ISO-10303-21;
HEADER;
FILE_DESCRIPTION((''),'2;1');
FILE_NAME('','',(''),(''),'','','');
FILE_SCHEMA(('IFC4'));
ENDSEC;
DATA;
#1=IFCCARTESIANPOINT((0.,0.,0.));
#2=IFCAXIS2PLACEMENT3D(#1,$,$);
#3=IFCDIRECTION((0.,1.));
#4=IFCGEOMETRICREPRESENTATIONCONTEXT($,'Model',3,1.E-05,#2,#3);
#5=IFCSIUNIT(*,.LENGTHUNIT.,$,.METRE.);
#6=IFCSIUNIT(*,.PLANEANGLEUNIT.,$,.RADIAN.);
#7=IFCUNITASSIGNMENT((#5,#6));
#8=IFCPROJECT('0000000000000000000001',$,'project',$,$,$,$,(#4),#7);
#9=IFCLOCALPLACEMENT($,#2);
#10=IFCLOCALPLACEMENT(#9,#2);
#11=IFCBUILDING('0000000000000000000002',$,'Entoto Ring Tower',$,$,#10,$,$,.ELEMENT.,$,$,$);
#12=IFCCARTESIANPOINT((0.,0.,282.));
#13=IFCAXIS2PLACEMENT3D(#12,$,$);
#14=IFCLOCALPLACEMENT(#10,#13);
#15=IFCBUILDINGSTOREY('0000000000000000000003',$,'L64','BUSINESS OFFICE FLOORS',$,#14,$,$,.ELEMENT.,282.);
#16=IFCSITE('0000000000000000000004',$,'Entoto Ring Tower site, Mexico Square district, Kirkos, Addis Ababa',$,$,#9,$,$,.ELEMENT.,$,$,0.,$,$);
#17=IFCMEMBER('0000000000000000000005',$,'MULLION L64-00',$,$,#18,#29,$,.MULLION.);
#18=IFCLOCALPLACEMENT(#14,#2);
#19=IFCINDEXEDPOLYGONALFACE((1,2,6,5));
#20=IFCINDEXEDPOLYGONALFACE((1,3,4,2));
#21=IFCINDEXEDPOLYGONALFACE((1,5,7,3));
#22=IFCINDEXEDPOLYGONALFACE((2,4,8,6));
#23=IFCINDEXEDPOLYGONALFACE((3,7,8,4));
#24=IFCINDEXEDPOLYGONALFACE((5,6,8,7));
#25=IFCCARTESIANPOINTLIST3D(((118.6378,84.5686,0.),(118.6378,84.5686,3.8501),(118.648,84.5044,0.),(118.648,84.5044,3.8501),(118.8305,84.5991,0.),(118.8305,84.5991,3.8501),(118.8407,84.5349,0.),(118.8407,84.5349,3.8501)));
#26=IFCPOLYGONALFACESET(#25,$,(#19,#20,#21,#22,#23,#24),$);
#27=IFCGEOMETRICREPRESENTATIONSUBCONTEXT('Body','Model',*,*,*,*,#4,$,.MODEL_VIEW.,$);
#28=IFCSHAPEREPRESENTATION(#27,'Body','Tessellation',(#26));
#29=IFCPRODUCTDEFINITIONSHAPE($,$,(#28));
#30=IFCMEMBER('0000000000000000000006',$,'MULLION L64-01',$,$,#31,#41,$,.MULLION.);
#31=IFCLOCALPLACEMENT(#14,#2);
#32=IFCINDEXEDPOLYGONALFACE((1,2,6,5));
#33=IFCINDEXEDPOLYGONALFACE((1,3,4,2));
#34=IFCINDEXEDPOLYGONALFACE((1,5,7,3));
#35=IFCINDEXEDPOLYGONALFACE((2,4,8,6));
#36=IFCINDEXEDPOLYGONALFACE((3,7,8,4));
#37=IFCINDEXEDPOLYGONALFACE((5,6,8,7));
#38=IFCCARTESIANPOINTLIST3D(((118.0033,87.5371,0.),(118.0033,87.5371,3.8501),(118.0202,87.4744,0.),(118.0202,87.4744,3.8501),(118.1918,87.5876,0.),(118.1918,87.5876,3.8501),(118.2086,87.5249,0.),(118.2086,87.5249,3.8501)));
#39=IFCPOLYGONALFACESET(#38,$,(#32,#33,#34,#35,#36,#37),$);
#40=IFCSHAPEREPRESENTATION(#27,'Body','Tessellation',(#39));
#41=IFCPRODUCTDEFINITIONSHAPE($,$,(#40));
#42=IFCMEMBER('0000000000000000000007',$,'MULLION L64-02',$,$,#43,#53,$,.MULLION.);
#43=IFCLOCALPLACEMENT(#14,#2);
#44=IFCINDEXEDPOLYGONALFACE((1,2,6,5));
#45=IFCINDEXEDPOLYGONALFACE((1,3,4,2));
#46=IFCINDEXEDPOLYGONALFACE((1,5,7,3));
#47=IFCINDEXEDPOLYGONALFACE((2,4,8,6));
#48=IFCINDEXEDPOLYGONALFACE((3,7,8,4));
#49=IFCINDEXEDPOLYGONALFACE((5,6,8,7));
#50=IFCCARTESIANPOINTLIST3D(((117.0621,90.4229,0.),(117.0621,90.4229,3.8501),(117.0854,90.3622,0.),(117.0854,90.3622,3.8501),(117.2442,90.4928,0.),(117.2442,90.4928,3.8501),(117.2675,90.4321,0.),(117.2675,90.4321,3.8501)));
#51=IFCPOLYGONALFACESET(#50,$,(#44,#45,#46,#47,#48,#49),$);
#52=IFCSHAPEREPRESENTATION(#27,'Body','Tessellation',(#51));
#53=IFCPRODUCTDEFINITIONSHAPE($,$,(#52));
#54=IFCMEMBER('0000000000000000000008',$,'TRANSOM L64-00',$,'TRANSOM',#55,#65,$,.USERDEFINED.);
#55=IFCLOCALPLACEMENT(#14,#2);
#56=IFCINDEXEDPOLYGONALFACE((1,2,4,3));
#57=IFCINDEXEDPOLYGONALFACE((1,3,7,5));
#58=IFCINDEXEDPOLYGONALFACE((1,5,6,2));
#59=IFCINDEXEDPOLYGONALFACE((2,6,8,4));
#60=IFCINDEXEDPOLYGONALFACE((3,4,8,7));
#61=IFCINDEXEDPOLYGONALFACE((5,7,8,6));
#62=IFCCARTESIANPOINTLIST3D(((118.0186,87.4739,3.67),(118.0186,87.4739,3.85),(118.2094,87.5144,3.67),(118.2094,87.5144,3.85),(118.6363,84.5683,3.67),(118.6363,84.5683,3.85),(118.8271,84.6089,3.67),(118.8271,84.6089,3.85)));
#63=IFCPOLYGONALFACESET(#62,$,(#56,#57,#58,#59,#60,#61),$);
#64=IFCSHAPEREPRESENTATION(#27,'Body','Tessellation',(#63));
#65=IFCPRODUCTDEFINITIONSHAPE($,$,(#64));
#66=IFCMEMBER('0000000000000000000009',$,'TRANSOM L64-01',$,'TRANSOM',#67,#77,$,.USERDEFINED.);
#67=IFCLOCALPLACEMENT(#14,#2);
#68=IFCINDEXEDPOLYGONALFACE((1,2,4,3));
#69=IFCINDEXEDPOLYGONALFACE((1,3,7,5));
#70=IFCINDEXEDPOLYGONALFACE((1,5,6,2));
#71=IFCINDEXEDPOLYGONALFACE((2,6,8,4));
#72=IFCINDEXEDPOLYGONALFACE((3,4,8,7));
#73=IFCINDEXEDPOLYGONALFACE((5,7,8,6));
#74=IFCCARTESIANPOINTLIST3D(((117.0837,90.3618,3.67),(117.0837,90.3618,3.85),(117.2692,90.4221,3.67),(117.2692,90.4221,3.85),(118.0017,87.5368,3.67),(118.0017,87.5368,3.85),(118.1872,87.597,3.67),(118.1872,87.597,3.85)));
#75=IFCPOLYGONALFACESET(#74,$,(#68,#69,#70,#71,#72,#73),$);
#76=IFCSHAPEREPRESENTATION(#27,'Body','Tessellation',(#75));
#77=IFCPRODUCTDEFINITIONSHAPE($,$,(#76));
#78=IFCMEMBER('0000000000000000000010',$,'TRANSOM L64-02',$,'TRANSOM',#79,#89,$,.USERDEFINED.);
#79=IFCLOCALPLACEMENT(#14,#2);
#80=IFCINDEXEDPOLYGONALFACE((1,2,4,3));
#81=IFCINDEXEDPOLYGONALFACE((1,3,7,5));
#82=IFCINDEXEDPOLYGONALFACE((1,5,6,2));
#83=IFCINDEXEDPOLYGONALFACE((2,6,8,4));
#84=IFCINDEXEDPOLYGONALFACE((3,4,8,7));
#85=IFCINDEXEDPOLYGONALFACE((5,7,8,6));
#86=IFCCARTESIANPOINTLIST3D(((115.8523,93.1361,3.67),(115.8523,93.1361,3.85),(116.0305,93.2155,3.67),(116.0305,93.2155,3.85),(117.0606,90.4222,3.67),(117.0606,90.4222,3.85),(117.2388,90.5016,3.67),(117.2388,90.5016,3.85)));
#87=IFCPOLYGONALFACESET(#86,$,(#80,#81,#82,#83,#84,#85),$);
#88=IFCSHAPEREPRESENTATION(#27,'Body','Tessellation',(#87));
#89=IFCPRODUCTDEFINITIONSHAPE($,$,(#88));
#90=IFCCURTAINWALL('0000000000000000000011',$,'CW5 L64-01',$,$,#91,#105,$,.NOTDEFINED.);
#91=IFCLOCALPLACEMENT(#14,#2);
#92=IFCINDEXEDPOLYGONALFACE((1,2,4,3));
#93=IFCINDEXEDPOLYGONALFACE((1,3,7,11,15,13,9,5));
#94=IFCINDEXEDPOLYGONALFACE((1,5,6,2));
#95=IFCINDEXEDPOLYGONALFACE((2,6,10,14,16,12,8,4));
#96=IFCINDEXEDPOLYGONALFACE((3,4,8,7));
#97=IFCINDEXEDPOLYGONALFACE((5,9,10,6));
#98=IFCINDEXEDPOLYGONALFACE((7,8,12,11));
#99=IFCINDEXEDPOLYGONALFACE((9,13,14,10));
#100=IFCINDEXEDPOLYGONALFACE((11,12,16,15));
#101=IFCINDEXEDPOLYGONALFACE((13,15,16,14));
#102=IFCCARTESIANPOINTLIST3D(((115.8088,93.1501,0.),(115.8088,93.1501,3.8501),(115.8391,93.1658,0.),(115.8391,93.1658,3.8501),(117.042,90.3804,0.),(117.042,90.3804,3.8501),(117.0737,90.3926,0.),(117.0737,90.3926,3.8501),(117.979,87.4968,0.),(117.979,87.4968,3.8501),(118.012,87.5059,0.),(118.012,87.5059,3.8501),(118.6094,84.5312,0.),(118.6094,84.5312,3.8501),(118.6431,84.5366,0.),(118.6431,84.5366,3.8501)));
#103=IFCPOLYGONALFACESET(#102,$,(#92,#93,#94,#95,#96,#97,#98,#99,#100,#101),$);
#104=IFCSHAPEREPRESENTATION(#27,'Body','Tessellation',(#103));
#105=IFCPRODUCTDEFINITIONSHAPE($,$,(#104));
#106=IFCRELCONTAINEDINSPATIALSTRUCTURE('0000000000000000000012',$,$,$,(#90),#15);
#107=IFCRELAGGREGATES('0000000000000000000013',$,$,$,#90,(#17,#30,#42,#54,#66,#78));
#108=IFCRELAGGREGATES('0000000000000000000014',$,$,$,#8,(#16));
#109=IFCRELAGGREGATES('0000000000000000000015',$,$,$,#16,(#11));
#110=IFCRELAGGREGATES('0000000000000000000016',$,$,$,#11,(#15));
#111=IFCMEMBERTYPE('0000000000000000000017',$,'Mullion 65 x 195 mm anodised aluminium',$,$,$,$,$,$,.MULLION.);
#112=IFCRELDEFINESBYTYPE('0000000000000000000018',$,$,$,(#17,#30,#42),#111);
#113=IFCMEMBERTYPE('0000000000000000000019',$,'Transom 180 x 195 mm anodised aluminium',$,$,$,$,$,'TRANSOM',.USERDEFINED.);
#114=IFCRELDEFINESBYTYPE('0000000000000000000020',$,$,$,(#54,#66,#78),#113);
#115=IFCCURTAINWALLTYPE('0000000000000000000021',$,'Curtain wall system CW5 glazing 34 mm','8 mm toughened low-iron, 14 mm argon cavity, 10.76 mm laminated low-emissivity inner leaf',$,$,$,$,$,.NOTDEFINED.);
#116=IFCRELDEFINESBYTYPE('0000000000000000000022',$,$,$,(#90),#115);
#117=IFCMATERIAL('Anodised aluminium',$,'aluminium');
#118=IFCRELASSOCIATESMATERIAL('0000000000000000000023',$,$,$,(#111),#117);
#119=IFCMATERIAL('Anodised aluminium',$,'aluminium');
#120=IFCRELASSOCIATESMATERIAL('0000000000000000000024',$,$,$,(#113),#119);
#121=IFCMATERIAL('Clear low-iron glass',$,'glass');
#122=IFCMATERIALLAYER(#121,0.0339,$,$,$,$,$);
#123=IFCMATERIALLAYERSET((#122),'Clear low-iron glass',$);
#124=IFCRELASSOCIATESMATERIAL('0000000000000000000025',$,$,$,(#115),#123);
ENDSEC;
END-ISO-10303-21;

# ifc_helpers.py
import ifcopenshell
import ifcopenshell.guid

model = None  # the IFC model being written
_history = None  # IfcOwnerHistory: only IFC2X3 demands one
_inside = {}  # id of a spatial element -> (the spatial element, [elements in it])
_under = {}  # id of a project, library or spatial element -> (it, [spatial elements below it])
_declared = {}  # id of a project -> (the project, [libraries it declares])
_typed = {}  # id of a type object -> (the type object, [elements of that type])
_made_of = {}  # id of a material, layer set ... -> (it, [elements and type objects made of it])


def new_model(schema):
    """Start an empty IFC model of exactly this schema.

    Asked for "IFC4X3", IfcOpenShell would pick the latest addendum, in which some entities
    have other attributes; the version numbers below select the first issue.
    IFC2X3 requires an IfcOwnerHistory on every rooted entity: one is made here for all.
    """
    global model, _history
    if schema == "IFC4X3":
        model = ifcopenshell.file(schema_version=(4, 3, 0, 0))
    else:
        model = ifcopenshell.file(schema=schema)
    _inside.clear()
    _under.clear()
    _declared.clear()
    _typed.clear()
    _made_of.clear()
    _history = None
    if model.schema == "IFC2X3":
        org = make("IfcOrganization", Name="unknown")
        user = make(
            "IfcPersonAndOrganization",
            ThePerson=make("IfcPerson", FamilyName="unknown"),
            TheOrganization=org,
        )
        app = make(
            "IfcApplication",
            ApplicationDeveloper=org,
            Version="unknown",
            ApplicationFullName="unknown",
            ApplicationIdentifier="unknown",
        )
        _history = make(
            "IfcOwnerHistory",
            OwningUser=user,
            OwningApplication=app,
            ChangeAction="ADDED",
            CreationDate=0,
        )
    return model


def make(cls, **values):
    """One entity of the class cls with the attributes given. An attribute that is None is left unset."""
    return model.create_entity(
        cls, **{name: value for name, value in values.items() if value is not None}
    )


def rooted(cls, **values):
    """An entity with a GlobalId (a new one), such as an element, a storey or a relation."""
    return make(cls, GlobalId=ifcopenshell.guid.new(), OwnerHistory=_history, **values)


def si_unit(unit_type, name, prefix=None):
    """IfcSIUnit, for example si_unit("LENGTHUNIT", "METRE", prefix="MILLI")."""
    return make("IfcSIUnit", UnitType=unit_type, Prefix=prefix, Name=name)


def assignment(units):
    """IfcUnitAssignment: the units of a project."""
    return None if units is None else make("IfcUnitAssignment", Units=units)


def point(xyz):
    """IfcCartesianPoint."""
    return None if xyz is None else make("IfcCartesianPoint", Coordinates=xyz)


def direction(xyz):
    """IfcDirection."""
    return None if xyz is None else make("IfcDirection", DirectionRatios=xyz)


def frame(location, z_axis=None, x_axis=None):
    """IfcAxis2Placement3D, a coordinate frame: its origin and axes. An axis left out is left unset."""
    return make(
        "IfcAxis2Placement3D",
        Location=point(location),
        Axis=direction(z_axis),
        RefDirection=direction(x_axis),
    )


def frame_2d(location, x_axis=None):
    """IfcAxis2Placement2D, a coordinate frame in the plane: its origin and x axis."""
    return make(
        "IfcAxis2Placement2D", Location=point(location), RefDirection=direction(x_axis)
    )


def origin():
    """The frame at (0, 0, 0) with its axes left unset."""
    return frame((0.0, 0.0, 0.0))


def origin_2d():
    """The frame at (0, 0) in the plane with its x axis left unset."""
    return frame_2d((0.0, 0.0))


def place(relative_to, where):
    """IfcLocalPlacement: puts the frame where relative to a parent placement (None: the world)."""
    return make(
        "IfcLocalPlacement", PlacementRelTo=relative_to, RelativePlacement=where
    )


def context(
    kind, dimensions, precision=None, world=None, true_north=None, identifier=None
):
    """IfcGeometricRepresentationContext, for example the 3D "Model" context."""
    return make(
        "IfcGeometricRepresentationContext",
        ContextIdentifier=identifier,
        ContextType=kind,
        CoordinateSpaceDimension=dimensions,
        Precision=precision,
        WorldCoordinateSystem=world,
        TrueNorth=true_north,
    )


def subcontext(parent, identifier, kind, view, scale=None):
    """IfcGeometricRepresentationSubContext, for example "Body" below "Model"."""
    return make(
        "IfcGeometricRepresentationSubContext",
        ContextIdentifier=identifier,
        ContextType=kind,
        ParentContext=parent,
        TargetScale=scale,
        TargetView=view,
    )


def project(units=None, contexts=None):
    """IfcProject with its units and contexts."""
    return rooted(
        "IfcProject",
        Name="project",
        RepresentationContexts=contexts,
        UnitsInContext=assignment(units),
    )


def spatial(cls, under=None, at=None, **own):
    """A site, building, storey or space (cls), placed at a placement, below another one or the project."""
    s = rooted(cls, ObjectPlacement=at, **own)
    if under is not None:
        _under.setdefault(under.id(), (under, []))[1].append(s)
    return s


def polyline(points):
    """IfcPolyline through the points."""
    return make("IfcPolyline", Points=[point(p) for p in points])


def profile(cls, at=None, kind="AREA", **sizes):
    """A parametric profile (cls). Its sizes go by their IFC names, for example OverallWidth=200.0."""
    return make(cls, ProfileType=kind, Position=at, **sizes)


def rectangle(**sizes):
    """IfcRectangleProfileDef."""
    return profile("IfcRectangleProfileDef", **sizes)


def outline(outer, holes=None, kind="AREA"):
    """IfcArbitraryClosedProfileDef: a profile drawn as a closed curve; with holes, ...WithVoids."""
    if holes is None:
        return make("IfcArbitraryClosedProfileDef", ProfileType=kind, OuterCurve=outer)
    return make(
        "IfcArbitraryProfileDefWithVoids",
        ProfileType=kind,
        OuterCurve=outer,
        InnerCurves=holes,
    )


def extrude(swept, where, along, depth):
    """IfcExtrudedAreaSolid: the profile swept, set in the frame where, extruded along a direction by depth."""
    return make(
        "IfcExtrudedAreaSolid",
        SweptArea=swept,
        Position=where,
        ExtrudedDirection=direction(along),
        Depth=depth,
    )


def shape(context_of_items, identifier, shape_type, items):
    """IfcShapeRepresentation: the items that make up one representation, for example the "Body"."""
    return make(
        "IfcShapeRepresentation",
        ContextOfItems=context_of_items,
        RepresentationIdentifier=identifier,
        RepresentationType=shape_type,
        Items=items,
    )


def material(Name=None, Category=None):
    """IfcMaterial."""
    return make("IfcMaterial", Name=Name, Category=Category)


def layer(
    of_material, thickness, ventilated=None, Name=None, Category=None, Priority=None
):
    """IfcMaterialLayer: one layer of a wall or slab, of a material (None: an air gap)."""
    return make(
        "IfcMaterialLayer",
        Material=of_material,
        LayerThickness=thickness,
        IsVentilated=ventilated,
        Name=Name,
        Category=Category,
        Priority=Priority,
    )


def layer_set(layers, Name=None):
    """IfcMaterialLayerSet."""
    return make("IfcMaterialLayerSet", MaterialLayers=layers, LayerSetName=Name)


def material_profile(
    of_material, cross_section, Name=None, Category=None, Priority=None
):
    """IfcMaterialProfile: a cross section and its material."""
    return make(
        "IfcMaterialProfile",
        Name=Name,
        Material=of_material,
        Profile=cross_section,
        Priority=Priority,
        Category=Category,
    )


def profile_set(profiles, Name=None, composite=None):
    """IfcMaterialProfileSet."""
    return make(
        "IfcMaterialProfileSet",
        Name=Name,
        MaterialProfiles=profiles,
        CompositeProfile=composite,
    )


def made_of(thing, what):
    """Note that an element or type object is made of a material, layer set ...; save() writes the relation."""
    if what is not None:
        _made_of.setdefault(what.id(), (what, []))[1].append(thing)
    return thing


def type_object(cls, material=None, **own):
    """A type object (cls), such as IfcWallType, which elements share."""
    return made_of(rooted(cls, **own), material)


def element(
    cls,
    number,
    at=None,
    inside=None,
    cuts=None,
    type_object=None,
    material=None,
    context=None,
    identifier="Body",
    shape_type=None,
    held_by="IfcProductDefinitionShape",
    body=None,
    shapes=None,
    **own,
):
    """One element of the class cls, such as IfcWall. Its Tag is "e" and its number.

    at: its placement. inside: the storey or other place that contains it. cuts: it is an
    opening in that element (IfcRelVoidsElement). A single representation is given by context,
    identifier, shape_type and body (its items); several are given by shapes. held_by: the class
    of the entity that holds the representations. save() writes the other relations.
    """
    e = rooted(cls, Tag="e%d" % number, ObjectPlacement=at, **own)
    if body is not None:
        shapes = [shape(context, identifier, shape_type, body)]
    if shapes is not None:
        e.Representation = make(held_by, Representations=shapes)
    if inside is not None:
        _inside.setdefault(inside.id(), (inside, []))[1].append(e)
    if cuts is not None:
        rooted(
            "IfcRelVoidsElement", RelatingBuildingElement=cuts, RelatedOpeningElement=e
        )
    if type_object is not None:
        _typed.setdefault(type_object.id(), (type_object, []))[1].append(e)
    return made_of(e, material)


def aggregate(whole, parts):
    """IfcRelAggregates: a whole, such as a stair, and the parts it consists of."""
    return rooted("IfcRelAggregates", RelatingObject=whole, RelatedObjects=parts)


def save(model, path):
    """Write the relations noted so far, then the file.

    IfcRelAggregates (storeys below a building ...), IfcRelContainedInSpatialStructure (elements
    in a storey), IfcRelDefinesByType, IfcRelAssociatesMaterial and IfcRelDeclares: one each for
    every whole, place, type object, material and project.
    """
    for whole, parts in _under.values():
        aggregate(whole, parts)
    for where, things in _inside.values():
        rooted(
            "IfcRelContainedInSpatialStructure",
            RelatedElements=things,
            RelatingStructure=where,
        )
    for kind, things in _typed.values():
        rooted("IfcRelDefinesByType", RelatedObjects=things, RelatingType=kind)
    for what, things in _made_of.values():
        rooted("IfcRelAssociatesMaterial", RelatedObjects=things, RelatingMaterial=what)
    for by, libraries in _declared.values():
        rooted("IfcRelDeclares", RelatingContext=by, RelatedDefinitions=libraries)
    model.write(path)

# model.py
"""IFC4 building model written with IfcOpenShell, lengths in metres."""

from ifc_helpers import new_model, si_unit, direction, frame, origin, origin_2d, place, context, subcontext, project, spatial, polyline, rectangle, outline, extrude, material, layer, layer_set, material_profile, profile_set, type_object, element, aggregate, save


model = new_model("IFC4")

# Units and contexts
model_context = context("Model", 3, precision=1e-05, world=origin(), true_north=direction((0.0, 1.0)))
body_context = subcontext(model_context, "Body", "Model", "MODEL_VIEW")
ifc_project = project(units=[si_unit("LENGTHUNIT", "METRE"), si_unit("PLANEANGLEUNIT", "RADIAN")], contexts=[model_context])

# Members
ifc_material_1 = material(Name="Anodised aluminium", Category="aluminium")
ifc_material_profile_1 = material_profile(ifc_material_1, rectangle(XDim=0.0649, YDim=0.1951, at=origin_2d()), Name="Mullion 65 x 195 mm anodised aluminium")
ifc_profile_set_1 = profile_set([ifc_material_profile_1], Name="Anodised aluminium")
member_type_1 = type_object("IfcMemberType", Name="Mullion 65 x 195 mm anodised aluminium", PredefinedType="MULLION", material=ifc_profile_set_1)
site_placement = place(None, origin())
building_placement = place(site_placement, origin())
storey_placement = place(building_placement, frame((0.0, 0.0, 282.0)))
member_1_placement = place(storey_placement, frame((118.7393, 84.5518, 0.0), z_axis=(0.0, 0.0, 1.0), x_axis=(-0.156434, 0.987688, 0.0)))
member_1 = element("IfcMember", 1, at=member_1_placement, type_object=member_type_1, Name="MULLION L64-00", PredefinedType="MULLION", context=body_context, shape_type="SweptSolid", body=[
    extrude(rectangle(XDim=0.0649, YDim=0.1951, at=origin_2d()), origin(), (0.0, 0.0, 1.0), 3.8501),
])
member_2_placement = place(storey_placement, frame((118.106, 87.531, 0.0), z_axis=(0.0, 0.0, 1.0), x_axis=(-0.258819, 0.965926, 0.0)))
member_2 = element("IfcMember", 2, at=member_2_placement, type_object=member_type_1, Name="MULLION L64-01", PredefinedType="MULLION", context=body_context, shape_type="SweptSolid", body=[
    extrude(rectangle(XDim=0.0649, YDim=0.1951, at=origin_2d()), origin(), (0.0, 0.0, 1.0), 3.8501),
])
member_3_placement = place(storey_placement, frame((117.1648, 90.4275, 0.0), z_axis=(0.0, 0.0, 1.0), x_axis=(-0.358368, 0.93358, 0.0)))
member_3 = element("IfcMember", 3, at=member_3_placement, type_object=member_type_1, Name="MULLION L64-02", PredefinedType="MULLION", context=body_context, shape_type="SweptSolid", body=[
    extrude(rectangle(XDim=0.0649, YDim=0.1951, at=origin_2d()), origin(), (0.0, 0.0, 1.0), 3.8501),
])
ifc_material_2 = material(Name="Anodised aluminium", Category="aluminium")
ifc_material_profile_2 = material_profile(ifc_material_2, rectangle(XDim=0.1951, YDim=0.1799, at=origin_2d()), Name="Transom 180 x 195 mm anodised aluminium")
ifc_profile_set_2 = profile_set([ifc_material_profile_2], Name="Anodised aluminium")
member_type_2 = type_object("IfcMemberType", Name="Transom 180 x 195 mm anodised aluminium", ElementType="TRANSOM", PredefinedType="USERDEFINED", material=ifc_profile_set_2)
member_4_placement = place(storey_placement, frame((118.7317, 84.5886, 3.76), z_axis=(-0.20794, 0.978142, 0.0), x_axis=(-0.978142, -0.20794, 0.0)))
member_4 = element("IfcMember", 4, at=member_4_placement, type_object=member_type_2, Name="TRANSOM L64-00", ObjectType="TRANSOM", PredefinedType="USERDEFINED", context=body_context, shape_type="SweptSolid", body=[
    extrude(rectangle(XDim=0.1951, YDim=0.1799, at=origin_2d()), origin(), (0.0, 0.0, 1.0), 2.9705),
])
member_5_placement = place(storey_placement, frame((118.0945, 87.5669, 3.76), z_axis=(-0.309043, 0.951048, 0.0), x_axis=(-0.951048, -0.309043, 0.0)))
member_5 = element("IfcMember", 5, at=member_5_placement, type_object=member_type_2, Name="TRANSOM L64-01", ObjectType="TRANSOM", PredefinedType="USERDEFINED", context=body_context, shape_type="SweptSolid", body=[
    extrude(rectangle(XDim=0.1951, YDim=0.1799, at=origin_2d()), origin(), (0.0, 0.0, 1.0), 2.9705),
])
member_6_placement = place(storey_placement, frame((117.1497, 90.4619, 3.76), z_axis=(-0.406726, 0.91355, 0.0), x_axis=(-0.91355, -0.406726, 0.0)))
member_6 = element("IfcMember", 6, at=member_6_placement, type_object=member_type_2, Name="TRANSOM L64-02", ObjectType="TRANSOM", PredefinedType="USERDEFINED", context=body_context, shape_type="SweptSolid", body=[
    extrude(rectangle(XDim=0.1951, YDim=0.1799, at=origin_2d()), origin(), (0.0, 0.0, 1.0), 2.9707),
])

# Site, building, storey
site = spatial("IfcSite", under=ifc_project, at=site_placement, Name="Entoto Ring Tower site, Mexico Square district, Kirkos, Addis Ababa", CompositionType="ELEMENT", RefElevation=0.0)
building = spatial("IfcBuilding", under=site, at=building_placement, Name="Entoto Ring Tower", CompositionType="ELEMENT")
storey = spatial("IfcBuildingStorey", under=building, at=storey_placement, Name="L64", Description="BUSINESS OFFICE FLOORS", CompositionType="ELEMENT", Elevation=282.0)

# Curtain wall
ifc_material_3 = material(Name="Clear low-iron glass", Category="glass")
ifc_layer_1 = layer(ifc_material_3, 0.0339)
ifc_layer_set_1 = layer_set([ifc_layer_1], Name="Clear low-iron glass")
curtain_wall_type = type_object("IfcCurtainWallType", Name="Curtain wall system CW5 glazing 34 mm", Description="8 mm toughened low-iron, 14 mm argon cavity, 10.76 mm laminated low-emissivity inner leaf", PredefinedType="NOTDEFINED", material=ifc_layer_set_1)
curtain_wall_1_placement = place(storey_placement, origin())
curtain_wall_1 = element("IfcCurtainWall", 7, at=curtain_wall_1_placement, inside=storey, type_object=curtain_wall_type, Name="CW5 L64-01", PredefinedType="NOTDEFINED", context=body_context, shape_type="SweptSolid", body=[
    extrude(outline(polyline([(118.6431, 84.5366), (118.012, 87.5059), (117.0737, 90.3926), (115.8391, 93.1658), (115.8088, 93.1501), (117.042, 90.3804), (117.979, 87.4968), (118.6094, 84.5312), (118.6431, 84.5366)])), origin(), (0.0, 0.0, 1.0), 3.8501),
])
aggregate(curtain_wall_1, [member_1, member_2, member_3, member_4, member_5, member_6])

save(model, "model.ifc")
